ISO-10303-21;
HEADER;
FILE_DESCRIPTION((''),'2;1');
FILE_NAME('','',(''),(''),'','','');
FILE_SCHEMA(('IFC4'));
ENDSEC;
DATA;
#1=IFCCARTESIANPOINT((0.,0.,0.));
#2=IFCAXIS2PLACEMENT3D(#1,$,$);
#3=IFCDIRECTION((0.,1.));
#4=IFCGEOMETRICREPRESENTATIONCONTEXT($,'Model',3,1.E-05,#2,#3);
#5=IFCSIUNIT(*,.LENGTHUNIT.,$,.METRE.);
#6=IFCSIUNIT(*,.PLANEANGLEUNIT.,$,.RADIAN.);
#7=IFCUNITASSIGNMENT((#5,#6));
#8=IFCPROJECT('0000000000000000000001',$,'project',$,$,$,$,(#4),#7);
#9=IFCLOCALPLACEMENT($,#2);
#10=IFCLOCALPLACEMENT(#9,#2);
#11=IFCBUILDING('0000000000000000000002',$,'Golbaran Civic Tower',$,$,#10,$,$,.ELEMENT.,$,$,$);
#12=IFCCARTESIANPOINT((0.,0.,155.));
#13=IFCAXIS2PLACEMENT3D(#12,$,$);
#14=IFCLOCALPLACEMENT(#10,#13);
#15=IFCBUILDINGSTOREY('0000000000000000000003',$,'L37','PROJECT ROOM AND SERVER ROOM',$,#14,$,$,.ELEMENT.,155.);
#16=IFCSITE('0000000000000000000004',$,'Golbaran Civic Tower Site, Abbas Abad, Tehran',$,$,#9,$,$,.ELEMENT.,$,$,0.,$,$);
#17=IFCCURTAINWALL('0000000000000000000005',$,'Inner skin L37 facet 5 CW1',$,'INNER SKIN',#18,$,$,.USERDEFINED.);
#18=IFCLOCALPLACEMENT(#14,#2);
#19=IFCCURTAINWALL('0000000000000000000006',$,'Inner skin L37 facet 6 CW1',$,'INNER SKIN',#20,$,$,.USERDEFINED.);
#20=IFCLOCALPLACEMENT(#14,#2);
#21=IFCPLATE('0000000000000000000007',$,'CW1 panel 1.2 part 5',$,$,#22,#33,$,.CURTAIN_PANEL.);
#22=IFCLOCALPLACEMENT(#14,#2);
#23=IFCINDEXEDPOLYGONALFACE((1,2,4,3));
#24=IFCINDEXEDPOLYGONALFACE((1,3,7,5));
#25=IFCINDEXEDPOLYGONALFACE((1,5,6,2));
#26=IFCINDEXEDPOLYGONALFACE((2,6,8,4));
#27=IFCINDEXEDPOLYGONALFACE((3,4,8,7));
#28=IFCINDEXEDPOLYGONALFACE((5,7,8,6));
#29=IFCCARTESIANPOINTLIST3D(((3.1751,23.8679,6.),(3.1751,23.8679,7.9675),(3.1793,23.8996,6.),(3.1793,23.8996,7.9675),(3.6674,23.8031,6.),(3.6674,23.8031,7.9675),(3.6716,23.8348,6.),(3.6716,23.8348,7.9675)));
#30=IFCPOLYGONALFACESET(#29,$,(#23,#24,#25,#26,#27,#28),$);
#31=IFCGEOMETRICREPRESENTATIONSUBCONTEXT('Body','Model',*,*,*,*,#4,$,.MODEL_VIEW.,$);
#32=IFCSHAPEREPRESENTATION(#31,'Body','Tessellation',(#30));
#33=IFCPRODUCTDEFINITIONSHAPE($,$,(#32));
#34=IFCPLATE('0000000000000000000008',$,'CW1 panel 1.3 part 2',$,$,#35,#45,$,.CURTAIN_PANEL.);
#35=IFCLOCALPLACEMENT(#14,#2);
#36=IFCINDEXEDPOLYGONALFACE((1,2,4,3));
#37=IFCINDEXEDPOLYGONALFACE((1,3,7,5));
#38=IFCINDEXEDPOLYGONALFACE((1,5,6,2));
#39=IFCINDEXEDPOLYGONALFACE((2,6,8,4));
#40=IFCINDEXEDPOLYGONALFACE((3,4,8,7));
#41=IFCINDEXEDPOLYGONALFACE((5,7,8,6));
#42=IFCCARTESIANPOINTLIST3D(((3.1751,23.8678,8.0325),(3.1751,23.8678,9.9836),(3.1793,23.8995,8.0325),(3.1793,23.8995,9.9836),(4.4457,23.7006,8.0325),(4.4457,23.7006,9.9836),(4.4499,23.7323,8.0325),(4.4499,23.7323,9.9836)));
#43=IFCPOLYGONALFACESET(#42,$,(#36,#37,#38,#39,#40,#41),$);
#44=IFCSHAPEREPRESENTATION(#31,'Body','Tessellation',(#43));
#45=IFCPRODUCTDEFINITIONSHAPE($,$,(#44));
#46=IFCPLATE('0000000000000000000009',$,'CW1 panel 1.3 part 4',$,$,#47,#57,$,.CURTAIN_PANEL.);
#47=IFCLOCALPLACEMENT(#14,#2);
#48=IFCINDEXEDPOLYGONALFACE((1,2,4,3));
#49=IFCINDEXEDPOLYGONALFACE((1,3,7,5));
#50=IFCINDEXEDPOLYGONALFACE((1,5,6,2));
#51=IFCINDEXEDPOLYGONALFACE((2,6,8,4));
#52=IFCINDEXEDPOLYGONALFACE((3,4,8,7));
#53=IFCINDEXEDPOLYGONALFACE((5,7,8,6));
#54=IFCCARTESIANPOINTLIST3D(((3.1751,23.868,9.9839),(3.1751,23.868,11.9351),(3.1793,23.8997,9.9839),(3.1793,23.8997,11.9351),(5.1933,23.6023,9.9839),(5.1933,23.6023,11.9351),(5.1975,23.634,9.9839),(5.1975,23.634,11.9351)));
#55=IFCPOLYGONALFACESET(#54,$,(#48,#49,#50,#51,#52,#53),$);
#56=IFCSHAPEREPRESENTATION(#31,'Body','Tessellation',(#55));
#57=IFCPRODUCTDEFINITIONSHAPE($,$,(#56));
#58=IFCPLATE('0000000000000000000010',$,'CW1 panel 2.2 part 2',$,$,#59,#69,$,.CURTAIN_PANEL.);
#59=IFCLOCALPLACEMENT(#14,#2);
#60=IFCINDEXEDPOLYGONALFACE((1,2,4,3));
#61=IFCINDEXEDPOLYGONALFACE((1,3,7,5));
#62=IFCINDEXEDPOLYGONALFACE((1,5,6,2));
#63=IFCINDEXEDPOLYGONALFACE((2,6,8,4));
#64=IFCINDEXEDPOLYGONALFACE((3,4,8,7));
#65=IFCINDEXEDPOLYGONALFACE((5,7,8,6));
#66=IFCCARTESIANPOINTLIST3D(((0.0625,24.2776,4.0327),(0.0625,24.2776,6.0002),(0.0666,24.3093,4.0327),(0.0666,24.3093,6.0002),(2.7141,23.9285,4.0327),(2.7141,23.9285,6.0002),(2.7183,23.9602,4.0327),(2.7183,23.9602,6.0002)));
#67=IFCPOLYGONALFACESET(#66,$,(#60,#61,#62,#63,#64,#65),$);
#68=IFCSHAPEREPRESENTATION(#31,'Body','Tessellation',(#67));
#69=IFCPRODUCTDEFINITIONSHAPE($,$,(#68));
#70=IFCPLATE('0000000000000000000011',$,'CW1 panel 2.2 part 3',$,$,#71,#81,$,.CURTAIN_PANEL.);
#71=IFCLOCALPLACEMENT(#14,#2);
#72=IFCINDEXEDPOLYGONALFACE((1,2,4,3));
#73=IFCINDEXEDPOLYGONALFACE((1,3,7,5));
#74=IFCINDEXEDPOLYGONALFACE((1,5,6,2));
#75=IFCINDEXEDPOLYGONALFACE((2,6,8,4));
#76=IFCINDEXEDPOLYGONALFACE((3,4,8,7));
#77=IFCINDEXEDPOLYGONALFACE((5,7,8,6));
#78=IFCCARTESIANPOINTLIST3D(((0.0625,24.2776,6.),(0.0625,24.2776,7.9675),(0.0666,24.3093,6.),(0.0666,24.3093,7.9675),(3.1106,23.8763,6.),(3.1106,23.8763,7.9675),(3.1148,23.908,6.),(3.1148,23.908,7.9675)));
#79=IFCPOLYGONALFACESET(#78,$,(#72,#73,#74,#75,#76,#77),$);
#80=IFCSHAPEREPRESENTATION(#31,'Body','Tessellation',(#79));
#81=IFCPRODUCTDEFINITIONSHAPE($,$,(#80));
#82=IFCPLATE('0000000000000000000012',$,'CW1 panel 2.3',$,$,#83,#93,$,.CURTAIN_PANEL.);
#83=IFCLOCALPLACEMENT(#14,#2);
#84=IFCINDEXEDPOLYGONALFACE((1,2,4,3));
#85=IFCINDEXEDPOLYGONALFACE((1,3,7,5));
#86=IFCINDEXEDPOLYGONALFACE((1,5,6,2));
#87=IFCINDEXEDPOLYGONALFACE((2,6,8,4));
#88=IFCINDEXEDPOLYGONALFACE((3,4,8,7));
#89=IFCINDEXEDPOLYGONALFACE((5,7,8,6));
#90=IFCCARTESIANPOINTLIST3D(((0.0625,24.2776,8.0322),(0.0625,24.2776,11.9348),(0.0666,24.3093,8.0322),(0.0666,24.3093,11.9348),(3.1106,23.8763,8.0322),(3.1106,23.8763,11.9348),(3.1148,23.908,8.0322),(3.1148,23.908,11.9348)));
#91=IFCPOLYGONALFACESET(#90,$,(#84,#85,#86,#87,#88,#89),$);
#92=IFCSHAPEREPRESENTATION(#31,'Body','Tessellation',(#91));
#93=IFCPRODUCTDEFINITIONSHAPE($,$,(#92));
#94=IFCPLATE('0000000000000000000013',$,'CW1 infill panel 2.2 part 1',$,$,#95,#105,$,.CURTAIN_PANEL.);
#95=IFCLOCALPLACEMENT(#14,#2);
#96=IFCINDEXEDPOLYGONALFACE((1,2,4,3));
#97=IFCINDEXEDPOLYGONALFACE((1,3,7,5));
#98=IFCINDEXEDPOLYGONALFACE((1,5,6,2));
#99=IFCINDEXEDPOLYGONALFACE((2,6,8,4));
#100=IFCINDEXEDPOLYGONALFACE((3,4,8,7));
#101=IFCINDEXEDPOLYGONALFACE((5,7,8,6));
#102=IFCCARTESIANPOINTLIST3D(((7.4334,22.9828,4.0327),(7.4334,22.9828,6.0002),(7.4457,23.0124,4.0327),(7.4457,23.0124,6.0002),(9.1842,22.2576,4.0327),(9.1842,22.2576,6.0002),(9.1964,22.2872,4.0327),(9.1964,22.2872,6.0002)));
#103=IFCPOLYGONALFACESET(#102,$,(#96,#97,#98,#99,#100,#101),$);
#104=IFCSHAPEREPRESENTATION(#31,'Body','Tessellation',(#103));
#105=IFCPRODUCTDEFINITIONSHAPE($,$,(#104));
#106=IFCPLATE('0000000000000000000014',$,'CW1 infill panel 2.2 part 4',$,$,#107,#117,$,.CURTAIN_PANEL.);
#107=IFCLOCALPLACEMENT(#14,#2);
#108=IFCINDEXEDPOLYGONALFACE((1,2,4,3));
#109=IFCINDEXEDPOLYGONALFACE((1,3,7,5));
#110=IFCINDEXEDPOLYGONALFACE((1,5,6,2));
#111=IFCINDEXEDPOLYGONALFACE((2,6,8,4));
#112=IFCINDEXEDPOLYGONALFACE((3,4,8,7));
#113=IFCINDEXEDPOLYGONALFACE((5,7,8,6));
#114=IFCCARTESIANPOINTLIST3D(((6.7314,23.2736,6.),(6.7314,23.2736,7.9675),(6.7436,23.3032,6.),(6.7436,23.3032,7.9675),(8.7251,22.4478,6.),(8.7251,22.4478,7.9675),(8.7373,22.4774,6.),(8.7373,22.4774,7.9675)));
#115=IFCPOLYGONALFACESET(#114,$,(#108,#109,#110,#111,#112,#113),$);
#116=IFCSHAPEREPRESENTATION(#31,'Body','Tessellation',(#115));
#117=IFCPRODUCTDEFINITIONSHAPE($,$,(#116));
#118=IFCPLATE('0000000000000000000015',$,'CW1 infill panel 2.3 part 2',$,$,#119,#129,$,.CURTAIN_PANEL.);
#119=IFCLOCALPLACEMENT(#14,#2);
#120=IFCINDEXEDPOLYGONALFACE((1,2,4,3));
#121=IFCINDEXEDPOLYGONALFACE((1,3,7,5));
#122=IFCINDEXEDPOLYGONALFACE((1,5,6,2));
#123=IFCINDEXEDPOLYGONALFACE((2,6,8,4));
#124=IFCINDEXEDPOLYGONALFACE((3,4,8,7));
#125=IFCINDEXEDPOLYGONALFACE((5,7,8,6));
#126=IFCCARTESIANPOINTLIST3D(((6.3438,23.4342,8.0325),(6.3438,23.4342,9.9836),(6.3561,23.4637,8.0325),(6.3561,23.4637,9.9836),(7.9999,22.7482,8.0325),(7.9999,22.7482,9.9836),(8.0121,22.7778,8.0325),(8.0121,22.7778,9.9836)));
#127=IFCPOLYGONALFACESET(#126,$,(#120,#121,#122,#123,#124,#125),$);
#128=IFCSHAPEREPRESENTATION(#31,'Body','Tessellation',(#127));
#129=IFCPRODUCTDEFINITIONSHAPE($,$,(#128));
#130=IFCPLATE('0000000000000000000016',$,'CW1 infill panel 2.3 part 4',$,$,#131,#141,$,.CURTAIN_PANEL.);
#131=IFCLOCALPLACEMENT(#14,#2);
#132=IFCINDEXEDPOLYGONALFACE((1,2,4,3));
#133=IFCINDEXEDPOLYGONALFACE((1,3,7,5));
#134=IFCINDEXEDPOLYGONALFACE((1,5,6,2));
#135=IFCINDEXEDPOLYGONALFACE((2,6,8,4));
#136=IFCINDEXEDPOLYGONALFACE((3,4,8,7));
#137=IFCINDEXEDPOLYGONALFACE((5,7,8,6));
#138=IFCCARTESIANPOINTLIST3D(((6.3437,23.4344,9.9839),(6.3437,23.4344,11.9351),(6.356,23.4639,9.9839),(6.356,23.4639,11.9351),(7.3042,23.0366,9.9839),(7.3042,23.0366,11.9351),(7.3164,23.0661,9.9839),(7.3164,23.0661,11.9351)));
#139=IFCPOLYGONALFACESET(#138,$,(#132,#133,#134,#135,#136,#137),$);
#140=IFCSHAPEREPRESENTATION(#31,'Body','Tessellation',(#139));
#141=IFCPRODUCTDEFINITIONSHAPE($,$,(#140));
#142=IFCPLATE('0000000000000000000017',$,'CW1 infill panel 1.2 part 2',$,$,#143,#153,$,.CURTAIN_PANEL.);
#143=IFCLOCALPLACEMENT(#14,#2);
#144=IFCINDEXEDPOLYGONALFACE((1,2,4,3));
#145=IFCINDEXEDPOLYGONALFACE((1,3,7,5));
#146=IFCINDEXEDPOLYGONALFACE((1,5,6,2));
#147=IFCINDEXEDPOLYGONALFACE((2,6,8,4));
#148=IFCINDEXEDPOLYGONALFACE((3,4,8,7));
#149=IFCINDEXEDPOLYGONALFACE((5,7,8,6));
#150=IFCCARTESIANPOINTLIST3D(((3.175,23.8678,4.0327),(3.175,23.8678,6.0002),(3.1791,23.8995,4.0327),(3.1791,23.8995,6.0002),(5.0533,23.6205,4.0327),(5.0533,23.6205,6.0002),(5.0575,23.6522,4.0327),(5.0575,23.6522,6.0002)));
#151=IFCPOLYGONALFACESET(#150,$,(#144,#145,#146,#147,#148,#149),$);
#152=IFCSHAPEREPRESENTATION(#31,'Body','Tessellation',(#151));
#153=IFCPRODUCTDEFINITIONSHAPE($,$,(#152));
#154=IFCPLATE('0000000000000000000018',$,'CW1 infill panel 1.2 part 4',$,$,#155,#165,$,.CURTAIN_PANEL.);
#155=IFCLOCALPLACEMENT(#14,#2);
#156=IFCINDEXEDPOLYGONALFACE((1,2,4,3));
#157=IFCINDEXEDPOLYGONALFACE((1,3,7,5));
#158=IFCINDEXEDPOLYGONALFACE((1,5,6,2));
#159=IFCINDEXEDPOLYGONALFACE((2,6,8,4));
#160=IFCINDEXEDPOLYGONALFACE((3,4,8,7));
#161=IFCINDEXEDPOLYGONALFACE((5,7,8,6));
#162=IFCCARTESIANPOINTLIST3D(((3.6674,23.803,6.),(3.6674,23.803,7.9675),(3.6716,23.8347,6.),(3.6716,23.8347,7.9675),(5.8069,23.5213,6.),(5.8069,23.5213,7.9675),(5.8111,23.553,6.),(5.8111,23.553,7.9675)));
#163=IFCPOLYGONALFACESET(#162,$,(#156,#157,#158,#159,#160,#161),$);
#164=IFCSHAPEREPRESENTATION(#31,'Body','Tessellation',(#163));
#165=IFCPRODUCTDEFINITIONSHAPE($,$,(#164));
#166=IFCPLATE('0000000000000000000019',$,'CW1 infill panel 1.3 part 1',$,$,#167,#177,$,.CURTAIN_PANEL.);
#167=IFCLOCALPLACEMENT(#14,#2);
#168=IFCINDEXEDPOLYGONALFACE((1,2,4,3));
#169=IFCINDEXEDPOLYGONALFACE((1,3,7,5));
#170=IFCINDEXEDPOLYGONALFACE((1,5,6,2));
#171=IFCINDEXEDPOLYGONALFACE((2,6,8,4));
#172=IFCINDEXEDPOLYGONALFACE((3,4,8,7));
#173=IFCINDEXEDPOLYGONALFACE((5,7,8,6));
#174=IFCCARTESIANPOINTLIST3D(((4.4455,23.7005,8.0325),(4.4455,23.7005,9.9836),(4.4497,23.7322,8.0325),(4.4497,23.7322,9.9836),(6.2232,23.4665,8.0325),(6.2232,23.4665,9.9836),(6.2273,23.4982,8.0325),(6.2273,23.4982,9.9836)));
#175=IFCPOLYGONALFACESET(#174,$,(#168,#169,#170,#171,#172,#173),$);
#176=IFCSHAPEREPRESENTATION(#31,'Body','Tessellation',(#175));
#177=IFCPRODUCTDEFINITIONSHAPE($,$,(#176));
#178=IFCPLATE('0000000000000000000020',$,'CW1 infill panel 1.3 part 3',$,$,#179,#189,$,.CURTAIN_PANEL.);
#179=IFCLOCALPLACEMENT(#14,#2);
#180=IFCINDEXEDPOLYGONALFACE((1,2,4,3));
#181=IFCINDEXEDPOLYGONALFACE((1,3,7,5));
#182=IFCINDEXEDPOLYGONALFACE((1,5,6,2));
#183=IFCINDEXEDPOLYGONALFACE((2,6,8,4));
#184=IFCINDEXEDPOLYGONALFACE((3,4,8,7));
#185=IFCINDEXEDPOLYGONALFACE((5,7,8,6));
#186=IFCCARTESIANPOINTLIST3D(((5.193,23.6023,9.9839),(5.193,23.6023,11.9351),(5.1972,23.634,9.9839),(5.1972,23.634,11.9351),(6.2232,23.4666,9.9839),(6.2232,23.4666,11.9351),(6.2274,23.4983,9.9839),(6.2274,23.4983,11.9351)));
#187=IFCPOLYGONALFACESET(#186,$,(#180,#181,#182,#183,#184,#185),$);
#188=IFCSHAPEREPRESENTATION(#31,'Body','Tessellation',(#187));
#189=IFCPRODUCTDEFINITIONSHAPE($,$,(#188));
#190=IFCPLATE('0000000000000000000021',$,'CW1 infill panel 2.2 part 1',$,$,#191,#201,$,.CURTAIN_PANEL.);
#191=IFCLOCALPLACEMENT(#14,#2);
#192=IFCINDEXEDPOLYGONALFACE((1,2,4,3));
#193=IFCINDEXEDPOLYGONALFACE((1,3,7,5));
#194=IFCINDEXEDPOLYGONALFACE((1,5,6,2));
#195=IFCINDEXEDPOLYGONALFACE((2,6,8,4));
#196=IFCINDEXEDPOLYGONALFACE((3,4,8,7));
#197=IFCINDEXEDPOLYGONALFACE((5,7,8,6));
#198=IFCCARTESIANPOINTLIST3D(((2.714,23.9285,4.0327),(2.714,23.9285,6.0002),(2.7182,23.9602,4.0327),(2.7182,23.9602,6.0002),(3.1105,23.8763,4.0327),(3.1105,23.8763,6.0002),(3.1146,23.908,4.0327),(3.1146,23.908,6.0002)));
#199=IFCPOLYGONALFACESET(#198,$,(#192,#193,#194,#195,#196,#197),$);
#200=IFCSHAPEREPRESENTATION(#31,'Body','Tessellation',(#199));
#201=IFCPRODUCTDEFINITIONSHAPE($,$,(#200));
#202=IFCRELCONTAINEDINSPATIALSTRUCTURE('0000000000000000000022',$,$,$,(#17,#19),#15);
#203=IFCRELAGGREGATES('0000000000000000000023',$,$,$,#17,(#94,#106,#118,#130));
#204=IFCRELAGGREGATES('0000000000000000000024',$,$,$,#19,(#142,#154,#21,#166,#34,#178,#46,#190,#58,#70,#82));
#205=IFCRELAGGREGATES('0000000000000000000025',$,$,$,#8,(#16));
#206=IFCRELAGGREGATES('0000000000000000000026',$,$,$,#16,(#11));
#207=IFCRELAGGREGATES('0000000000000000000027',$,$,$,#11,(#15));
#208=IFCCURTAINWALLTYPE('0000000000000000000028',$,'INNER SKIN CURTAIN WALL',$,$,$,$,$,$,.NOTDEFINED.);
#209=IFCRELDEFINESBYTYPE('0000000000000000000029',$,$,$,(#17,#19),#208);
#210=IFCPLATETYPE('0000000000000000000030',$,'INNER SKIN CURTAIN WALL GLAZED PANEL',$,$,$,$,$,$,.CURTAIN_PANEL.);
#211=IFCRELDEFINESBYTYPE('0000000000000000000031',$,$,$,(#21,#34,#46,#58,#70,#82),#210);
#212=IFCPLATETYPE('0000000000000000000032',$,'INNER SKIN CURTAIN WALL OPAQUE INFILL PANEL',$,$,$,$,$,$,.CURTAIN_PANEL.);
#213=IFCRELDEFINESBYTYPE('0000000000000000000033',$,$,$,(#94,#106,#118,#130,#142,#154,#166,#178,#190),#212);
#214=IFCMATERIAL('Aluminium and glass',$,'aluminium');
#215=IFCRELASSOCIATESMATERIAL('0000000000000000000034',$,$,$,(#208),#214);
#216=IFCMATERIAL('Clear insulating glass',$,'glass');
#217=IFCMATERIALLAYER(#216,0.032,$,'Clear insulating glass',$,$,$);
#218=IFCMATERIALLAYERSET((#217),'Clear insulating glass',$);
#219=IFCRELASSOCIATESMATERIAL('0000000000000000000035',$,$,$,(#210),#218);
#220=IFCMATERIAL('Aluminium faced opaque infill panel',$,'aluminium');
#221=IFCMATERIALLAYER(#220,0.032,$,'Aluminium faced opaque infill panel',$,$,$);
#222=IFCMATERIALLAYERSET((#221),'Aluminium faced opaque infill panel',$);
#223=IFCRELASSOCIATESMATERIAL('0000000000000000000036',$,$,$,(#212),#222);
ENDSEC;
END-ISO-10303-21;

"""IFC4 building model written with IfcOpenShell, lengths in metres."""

from ifc_helpers import new_model, si_unit, direction, frame, origin, origin_2d, place, context, subcontext, project, spatial, rectangle, extrude, material, layer, layer_set, type_object, element, aggregate, save


model = new_model("IFC4")

# Units and contexts
model_context = context("Model", 3, precision=1e-05, world=origin(), true_north=direction((0.0, 1.0)))
body_context = subcontext(model_context, "Body", "Model", "MODEL_VIEW")
ifc_project = project(units=[si_unit("LENGTHUNIT", "METRE"), si_unit("PLANEANGLEUNIT", "RADIAN")], contexts=[model_context])

# Site, building, storey
site_placement = place(None, origin())
site = spatial("IfcSite", under=ifc_project, at=site_placement, Name="Golbaran Civic Tower Site, Abbas Abad, Tehran", CompositionType="ELEMENT", RefElevation=0.0)
building_placement = place(site_placement, origin())
building = spatial("IfcBuilding", under=site, at=building_placement, Name="Golbaran Civic Tower", CompositionType="ELEMENT")
storey_placement = place(building_placement, frame((0.0, 0.0, 155.0)))
storey = spatial("IfcBuildingStorey", under=building, at=storey_placement, Name="L37", Description="PROJECT ROOM AND SERVER ROOM", CompositionType="ELEMENT", Elevation=155.0)

# Curtain walls
ifc_material_1 = material(Name="Aluminium and glass", Category="aluminium")
curtain_wall_type = type_object("IfcCurtainWallType", Name="INNER SKIN CURTAIN WALL", PredefinedType="NOTDEFINED", material=ifc_material_1)
curtain_wall_1_placement = place(storey_placement, origin())
curtain_wall_1 = element("IfcCurtainWall", 1, at=curtain_wall_1_placement, inside=storey, type_object=curtain_wall_type, Name="Inner skin L37 facet 5 CW1", ObjectType="INNER SKIN", PredefinedType="USERDEFINED")
curtain_wall_2_placement = place(storey_placement, origin())
curtain_wall_2 = element("IfcCurtainWall", 2, at=curtain_wall_2_placement, inside=storey, type_object=curtain_wall_type, Name="Inner skin L37 facet 6 CW1", ObjectType="INNER SKIN", PredefinedType="USERDEFINED")

# Plates
ifc_material_2 = material(Name="Clear insulating glass", Category="glass")
ifc_layer_1 = layer(ifc_material_2, 0.032, Name="Clear insulating glass")
ifc_layer_set_1 = layer_set([ifc_layer_1], Name="Clear insulating glass")
plate_type_1 = type_object("IfcPlateType", Name="INNER SKIN CURTAIN WALL GLAZED PANEL", PredefinedType="CURTAIN_PANEL", material=ifc_layer_set_1)
plate_1_placement = place(storey_placement, frame((3.4233, 23.8513, 6.0), z_axis=(0.0, 0.0, 1.0), x_axis=(-0.991445, 0.130526, 0.0)))
plate_1 = element("IfcPlate", 3, at=plate_1_placement, type_object=plate_type_1, Name="CW1 panel 1.2 part 5", PredefinedType="CURTAIN_PANEL", context=body_context, shape_type="SweptSolid", body=[
    extrude(rectangle(XDim=0.4966, YDim=0.032, at=origin_2d()), origin(), (0.0, 0.0, 1.0), 1.9675),
])
plate_2_placement = place(storey_placement, frame((3.8125, 23.8, 8.0325), z_axis=(0.0, 0.0, 1.0), x_axis=(-0.991445, 0.130526, 0.0)))
plate_2 = element("IfcPlate", 4, at=plate_2_placement, type_object=plate_type_1, Name="CW1 panel 1.3 part 2", PredefinedType="CURTAIN_PANEL", context=body_context, shape_type="SweptSolid", body=[
    extrude(rectangle(XDim=1.2815, YDim=0.032, at=origin_2d()), origin(), (0.0, 0.0, 1.0), 1.9512),
])
plate_3_placement = place(storey_placement, frame((4.1863, 23.751, 9.9839), z_axis=(0.0, 0.0, 1.0), x_axis=(-0.991445, 0.130526, 0.0)))
plate_3 = element("IfcPlate", 5, at=plate_3_placement, type_object=plate_type_1, Name="CW1 panel 1.3 part 4", PredefinedType="CURTAIN_PANEL", context=body_context, shape_type="SweptSolid", body=[
    extrude(rectangle(XDim=2.0356, YDim=0.032, at=origin_2d()), origin(), (0.0, 0.0, 1.0), 1.9512),
])
plate_4_placement = place(storey_placement, frame((1.3904, 24.1189, 4.0327), z_axis=(0.0, 0.0, 1.0), x_axis=(-0.991445, 0.130526, 0.0)))
plate_4 = element("IfcPlate", 6, at=plate_4_placement, type_object=plate_type_1, Name="CW1 panel 2.2 part 2", PredefinedType="CURTAIN_PANEL", context=body_context, shape_type="SweptSolid", body=[
    extrude(rectangle(XDim=2.6746, YDim=0.032, at=origin_2d()), origin(), (0.0, 0.0, 1.0), 1.9675),
])
plate_5_placement = place(storey_placement, frame((1.5886, 24.0928, 6.0), z_axis=(0.0, 0.0, 1.0), x_axis=(-0.991445, 0.130526, 0.0)))
plate_5 = element("IfcPlate", 7, at=plate_5_placement, type_object=plate_type_1, Name="CW1 panel 2.2 part 3", PredefinedType="CURTAIN_PANEL", context=body_context, shape_type="SweptSolid", body=[
    extrude(rectangle(XDim=3.0745, YDim=0.032, at=origin_2d()), origin(), (0.0, 0.0, 1.0), 1.9675),
])
plate_6_placement = place(storey_placement, frame((1.5886, 24.0928, 8.0322), z_axis=(0.0, 0.0, 1.0), x_axis=(-0.991445, 0.130526, 0.0)))
plate_6 = element("IfcPlate", 8, at=plate_6_placement, type_object=plate_type_1, Name="CW1 panel 2.3", PredefinedType="CURTAIN_PANEL", context=body_context, shape_type="SweptSolid", body=[
    extrude(rectangle(XDim=3.0745, YDim=0.032, at=origin_2d()), origin(), (0.0, 0.0, 1.0), 3.9026),
])
ifc_material_3 = material(Name="Aluminium faced opaque infill panel", Category="aluminium")
ifc_layer_2 = layer(ifc_material_3, 0.032, Name="Aluminium faced opaque infill panel")
ifc_layer_set_2 = layer_set([ifc_layer_2], Name="Aluminium faced opaque infill panel")
plate_type_2 = type_object("IfcPlateType", Name="INNER SKIN CURTAIN WALL OPAQUE INFILL PANEL", PredefinedType="CURTAIN_PANEL", material=ifc_layer_set_2)
plate_7_placement = place(storey_placement, frame((8.3149, 22.635, 4.0327), z_axis=(0.0, 0.0, 1.0), x_axis=(-0.92388, 0.382683, 0.0)))
plate_7 = element("IfcPlate", 9, at=plate_7_placement, type_object=plate_type_2, Name="CW1 infill panel 2.2 part 1", PredefinedType="CURTAIN_PANEL", context=body_context, shape_type="SweptSolid", body=[
    extrude(rectangle(XDim=1.895, YDim=0.032, at=origin_2d()), origin(), (0.0, 0.0, 1.0), 1.9675),
])
plate_8_placement = place(storey_placement, frame((7.7344, 22.8755, 6.0), z_axis=(0.0, 0.0, 1.0), x_axis=(-0.92388, 0.382683, 0.0)))
plate_8 = element("IfcPlate", 10, at=plate_8_placement, type_object=plate_type_2, Name="CW1 infill panel 2.2 part 4", PredefinedType="CURTAIN_PANEL", context=body_context, shape_type="SweptSolid", body=[
    extrude(rectangle(XDim=2.158, YDim=0.032, at=origin_2d()), origin(), (0.0, 0.0, 1.0), 1.9675),
])
plate_9_placement = place(storey_placement, frame((7.178, 23.106, 8.0325), z_axis=(0.0, 0.0, 1.0), x_axis=(-0.92388, 0.382683, 0.0)))
plate_9 = element("IfcPlate", 11, at=plate_9_placement, type_object=plate_type_2, Name="CW1 infill panel 2.3 part 2", PredefinedType="CURTAIN_PANEL", context=body_context, shape_type="SweptSolid", body=[
    extrude(rectangle(XDim=1.7925, YDim=0.032, at=origin_2d()), origin(), (0.0, 0.0, 1.0), 1.9512),
])
plate_10_placement = place(storey_placement, frame((6.8301, 23.2502, 9.9839), z_axis=(0.0, 0.0, 1.0), x_axis=(-0.92388, 0.382683, 0.0)))
plate_10 = element("IfcPlate", 12, at=plate_10_placement, type_object=plate_type_2, Name="CW1 infill panel 2.3 part 4", PredefinedType="CURTAIN_PANEL", context=body_context, shape_type="SweptSolid", body=[
    extrude(rectangle(XDim=1.0396, YDim=0.032, at=origin_2d()), origin(), (0.0, 0.0, 1.0), 1.9512),
])
aggregate(curtain_wall_1, [plate_7, plate_8, plate_9, plate_10])
plate_11_placement = place(storey_placement, frame((4.1162, 23.76, 4.0327), z_axis=(0.0, 0.0, 1.0), x_axis=(-0.991445, 0.130526, 0.0)))
plate_11 = element("IfcPlate", 13, at=plate_11_placement, type_object=plate_type_2, Name="CW1 infill panel 1.2 part 2", PredefinedType="CURTAIN_PANEL", context=body_context, shape_type="SweptSolid", body=[
    extrude(rectangle(XDim=1.8945, YDim=0.032, at=origin_2d()), origin(), (0.0, 0.0, 1.0), 1.9675),
])
plate_12_placement = place(storey_placement, frame((4.7393, 23.678, 6.0), z_axis=(0.0, 0.0, 1.0), x_axis=(-0.991445, 0.130526, 0.0)))
plate_12 = element("IfcPlate", 14, at=plate_12_placement, type_object=plate_type_2, Name="CW1 infill panel 1.2 part 4", PredefinedType="CURTAIN_PANEL", context=body_context, shape_type="SweptSolid", body=[
    extrude(rectangle(XDim=2.158, YDim=0.032, at=origin_2d()), origin(), (0.0, 0.0, 1.0), 1.9675),
])
plate_13_placement = place(storey_placement, frame((5.3364, 23.5994, 8.0325), z_axis=(0.0, 0.0, 1.0), x_axis=(-0.991445, 0.130526, 0.0)))
plate_13 = element("IfcPlate", 15, at=plate_13_placement, type_object=plate_type_2, Name="CW1 infill panel 1.3 part 1", PredefinedType="CURTAIN_PANEL", context=body_context, shape_type="SweptSolid", body=[
    extrude(rectangle(XDim=1.793, YDim=0.032, at=origin_2d()), origin(), (0.0, 0.0, 1.0), 1.9512),
])
plate_14_placement = place(storey_placement, frame((5.7102, 23.5503, 9.9839), z_axis=(0.0, 0.0, 1.0), x_axis=(-0.991445, 0.130526, 0.0)))
plate_14 = element("IfcPlate", 16, at=plate_14_placement, type_object=plate_type_2, Name="CW1 infill panel 1.3 part 3", PredefinedType="CURTAIN_PANEL", context=body_context, shape_type="SweptSolid", body=[
    extrude(rectangle(XDim=1.0391, YDim=0.032, at=origin_2d()), origin(), (0.0, 0.0, 1.0), 1.9512),
])
plate_15_placement = place(storey_placement, frame((2.9143, 23.9182, 4.0327), z_axis=(0.0, 0.0, 1.0), x_axis=(-0.991445, 0.130526, 0.0)))
plate_15 = element("IfcPlate", 17, at=plate_15_placement, type_object=plate_type_2, Name="CW1 infill panel 2.2 part 1", PredefinedType="CURTAIN_PANEL", context=body_context, shape_type="SweptSolid", body=[
    extrude(rectangle(XDim=0.3999, YDim=0.032, at=origin_2d()), origin(), (0.0, 0.0, 1.0), 1.9675),
])
aggregate(curtain_wall_2, [plate_11, plate_12, plate_1, plate_13, plate_2, plate_14, plate_3, plate_15, plate_4, plate_5, plate_6])

save(model, "model.ifc")
